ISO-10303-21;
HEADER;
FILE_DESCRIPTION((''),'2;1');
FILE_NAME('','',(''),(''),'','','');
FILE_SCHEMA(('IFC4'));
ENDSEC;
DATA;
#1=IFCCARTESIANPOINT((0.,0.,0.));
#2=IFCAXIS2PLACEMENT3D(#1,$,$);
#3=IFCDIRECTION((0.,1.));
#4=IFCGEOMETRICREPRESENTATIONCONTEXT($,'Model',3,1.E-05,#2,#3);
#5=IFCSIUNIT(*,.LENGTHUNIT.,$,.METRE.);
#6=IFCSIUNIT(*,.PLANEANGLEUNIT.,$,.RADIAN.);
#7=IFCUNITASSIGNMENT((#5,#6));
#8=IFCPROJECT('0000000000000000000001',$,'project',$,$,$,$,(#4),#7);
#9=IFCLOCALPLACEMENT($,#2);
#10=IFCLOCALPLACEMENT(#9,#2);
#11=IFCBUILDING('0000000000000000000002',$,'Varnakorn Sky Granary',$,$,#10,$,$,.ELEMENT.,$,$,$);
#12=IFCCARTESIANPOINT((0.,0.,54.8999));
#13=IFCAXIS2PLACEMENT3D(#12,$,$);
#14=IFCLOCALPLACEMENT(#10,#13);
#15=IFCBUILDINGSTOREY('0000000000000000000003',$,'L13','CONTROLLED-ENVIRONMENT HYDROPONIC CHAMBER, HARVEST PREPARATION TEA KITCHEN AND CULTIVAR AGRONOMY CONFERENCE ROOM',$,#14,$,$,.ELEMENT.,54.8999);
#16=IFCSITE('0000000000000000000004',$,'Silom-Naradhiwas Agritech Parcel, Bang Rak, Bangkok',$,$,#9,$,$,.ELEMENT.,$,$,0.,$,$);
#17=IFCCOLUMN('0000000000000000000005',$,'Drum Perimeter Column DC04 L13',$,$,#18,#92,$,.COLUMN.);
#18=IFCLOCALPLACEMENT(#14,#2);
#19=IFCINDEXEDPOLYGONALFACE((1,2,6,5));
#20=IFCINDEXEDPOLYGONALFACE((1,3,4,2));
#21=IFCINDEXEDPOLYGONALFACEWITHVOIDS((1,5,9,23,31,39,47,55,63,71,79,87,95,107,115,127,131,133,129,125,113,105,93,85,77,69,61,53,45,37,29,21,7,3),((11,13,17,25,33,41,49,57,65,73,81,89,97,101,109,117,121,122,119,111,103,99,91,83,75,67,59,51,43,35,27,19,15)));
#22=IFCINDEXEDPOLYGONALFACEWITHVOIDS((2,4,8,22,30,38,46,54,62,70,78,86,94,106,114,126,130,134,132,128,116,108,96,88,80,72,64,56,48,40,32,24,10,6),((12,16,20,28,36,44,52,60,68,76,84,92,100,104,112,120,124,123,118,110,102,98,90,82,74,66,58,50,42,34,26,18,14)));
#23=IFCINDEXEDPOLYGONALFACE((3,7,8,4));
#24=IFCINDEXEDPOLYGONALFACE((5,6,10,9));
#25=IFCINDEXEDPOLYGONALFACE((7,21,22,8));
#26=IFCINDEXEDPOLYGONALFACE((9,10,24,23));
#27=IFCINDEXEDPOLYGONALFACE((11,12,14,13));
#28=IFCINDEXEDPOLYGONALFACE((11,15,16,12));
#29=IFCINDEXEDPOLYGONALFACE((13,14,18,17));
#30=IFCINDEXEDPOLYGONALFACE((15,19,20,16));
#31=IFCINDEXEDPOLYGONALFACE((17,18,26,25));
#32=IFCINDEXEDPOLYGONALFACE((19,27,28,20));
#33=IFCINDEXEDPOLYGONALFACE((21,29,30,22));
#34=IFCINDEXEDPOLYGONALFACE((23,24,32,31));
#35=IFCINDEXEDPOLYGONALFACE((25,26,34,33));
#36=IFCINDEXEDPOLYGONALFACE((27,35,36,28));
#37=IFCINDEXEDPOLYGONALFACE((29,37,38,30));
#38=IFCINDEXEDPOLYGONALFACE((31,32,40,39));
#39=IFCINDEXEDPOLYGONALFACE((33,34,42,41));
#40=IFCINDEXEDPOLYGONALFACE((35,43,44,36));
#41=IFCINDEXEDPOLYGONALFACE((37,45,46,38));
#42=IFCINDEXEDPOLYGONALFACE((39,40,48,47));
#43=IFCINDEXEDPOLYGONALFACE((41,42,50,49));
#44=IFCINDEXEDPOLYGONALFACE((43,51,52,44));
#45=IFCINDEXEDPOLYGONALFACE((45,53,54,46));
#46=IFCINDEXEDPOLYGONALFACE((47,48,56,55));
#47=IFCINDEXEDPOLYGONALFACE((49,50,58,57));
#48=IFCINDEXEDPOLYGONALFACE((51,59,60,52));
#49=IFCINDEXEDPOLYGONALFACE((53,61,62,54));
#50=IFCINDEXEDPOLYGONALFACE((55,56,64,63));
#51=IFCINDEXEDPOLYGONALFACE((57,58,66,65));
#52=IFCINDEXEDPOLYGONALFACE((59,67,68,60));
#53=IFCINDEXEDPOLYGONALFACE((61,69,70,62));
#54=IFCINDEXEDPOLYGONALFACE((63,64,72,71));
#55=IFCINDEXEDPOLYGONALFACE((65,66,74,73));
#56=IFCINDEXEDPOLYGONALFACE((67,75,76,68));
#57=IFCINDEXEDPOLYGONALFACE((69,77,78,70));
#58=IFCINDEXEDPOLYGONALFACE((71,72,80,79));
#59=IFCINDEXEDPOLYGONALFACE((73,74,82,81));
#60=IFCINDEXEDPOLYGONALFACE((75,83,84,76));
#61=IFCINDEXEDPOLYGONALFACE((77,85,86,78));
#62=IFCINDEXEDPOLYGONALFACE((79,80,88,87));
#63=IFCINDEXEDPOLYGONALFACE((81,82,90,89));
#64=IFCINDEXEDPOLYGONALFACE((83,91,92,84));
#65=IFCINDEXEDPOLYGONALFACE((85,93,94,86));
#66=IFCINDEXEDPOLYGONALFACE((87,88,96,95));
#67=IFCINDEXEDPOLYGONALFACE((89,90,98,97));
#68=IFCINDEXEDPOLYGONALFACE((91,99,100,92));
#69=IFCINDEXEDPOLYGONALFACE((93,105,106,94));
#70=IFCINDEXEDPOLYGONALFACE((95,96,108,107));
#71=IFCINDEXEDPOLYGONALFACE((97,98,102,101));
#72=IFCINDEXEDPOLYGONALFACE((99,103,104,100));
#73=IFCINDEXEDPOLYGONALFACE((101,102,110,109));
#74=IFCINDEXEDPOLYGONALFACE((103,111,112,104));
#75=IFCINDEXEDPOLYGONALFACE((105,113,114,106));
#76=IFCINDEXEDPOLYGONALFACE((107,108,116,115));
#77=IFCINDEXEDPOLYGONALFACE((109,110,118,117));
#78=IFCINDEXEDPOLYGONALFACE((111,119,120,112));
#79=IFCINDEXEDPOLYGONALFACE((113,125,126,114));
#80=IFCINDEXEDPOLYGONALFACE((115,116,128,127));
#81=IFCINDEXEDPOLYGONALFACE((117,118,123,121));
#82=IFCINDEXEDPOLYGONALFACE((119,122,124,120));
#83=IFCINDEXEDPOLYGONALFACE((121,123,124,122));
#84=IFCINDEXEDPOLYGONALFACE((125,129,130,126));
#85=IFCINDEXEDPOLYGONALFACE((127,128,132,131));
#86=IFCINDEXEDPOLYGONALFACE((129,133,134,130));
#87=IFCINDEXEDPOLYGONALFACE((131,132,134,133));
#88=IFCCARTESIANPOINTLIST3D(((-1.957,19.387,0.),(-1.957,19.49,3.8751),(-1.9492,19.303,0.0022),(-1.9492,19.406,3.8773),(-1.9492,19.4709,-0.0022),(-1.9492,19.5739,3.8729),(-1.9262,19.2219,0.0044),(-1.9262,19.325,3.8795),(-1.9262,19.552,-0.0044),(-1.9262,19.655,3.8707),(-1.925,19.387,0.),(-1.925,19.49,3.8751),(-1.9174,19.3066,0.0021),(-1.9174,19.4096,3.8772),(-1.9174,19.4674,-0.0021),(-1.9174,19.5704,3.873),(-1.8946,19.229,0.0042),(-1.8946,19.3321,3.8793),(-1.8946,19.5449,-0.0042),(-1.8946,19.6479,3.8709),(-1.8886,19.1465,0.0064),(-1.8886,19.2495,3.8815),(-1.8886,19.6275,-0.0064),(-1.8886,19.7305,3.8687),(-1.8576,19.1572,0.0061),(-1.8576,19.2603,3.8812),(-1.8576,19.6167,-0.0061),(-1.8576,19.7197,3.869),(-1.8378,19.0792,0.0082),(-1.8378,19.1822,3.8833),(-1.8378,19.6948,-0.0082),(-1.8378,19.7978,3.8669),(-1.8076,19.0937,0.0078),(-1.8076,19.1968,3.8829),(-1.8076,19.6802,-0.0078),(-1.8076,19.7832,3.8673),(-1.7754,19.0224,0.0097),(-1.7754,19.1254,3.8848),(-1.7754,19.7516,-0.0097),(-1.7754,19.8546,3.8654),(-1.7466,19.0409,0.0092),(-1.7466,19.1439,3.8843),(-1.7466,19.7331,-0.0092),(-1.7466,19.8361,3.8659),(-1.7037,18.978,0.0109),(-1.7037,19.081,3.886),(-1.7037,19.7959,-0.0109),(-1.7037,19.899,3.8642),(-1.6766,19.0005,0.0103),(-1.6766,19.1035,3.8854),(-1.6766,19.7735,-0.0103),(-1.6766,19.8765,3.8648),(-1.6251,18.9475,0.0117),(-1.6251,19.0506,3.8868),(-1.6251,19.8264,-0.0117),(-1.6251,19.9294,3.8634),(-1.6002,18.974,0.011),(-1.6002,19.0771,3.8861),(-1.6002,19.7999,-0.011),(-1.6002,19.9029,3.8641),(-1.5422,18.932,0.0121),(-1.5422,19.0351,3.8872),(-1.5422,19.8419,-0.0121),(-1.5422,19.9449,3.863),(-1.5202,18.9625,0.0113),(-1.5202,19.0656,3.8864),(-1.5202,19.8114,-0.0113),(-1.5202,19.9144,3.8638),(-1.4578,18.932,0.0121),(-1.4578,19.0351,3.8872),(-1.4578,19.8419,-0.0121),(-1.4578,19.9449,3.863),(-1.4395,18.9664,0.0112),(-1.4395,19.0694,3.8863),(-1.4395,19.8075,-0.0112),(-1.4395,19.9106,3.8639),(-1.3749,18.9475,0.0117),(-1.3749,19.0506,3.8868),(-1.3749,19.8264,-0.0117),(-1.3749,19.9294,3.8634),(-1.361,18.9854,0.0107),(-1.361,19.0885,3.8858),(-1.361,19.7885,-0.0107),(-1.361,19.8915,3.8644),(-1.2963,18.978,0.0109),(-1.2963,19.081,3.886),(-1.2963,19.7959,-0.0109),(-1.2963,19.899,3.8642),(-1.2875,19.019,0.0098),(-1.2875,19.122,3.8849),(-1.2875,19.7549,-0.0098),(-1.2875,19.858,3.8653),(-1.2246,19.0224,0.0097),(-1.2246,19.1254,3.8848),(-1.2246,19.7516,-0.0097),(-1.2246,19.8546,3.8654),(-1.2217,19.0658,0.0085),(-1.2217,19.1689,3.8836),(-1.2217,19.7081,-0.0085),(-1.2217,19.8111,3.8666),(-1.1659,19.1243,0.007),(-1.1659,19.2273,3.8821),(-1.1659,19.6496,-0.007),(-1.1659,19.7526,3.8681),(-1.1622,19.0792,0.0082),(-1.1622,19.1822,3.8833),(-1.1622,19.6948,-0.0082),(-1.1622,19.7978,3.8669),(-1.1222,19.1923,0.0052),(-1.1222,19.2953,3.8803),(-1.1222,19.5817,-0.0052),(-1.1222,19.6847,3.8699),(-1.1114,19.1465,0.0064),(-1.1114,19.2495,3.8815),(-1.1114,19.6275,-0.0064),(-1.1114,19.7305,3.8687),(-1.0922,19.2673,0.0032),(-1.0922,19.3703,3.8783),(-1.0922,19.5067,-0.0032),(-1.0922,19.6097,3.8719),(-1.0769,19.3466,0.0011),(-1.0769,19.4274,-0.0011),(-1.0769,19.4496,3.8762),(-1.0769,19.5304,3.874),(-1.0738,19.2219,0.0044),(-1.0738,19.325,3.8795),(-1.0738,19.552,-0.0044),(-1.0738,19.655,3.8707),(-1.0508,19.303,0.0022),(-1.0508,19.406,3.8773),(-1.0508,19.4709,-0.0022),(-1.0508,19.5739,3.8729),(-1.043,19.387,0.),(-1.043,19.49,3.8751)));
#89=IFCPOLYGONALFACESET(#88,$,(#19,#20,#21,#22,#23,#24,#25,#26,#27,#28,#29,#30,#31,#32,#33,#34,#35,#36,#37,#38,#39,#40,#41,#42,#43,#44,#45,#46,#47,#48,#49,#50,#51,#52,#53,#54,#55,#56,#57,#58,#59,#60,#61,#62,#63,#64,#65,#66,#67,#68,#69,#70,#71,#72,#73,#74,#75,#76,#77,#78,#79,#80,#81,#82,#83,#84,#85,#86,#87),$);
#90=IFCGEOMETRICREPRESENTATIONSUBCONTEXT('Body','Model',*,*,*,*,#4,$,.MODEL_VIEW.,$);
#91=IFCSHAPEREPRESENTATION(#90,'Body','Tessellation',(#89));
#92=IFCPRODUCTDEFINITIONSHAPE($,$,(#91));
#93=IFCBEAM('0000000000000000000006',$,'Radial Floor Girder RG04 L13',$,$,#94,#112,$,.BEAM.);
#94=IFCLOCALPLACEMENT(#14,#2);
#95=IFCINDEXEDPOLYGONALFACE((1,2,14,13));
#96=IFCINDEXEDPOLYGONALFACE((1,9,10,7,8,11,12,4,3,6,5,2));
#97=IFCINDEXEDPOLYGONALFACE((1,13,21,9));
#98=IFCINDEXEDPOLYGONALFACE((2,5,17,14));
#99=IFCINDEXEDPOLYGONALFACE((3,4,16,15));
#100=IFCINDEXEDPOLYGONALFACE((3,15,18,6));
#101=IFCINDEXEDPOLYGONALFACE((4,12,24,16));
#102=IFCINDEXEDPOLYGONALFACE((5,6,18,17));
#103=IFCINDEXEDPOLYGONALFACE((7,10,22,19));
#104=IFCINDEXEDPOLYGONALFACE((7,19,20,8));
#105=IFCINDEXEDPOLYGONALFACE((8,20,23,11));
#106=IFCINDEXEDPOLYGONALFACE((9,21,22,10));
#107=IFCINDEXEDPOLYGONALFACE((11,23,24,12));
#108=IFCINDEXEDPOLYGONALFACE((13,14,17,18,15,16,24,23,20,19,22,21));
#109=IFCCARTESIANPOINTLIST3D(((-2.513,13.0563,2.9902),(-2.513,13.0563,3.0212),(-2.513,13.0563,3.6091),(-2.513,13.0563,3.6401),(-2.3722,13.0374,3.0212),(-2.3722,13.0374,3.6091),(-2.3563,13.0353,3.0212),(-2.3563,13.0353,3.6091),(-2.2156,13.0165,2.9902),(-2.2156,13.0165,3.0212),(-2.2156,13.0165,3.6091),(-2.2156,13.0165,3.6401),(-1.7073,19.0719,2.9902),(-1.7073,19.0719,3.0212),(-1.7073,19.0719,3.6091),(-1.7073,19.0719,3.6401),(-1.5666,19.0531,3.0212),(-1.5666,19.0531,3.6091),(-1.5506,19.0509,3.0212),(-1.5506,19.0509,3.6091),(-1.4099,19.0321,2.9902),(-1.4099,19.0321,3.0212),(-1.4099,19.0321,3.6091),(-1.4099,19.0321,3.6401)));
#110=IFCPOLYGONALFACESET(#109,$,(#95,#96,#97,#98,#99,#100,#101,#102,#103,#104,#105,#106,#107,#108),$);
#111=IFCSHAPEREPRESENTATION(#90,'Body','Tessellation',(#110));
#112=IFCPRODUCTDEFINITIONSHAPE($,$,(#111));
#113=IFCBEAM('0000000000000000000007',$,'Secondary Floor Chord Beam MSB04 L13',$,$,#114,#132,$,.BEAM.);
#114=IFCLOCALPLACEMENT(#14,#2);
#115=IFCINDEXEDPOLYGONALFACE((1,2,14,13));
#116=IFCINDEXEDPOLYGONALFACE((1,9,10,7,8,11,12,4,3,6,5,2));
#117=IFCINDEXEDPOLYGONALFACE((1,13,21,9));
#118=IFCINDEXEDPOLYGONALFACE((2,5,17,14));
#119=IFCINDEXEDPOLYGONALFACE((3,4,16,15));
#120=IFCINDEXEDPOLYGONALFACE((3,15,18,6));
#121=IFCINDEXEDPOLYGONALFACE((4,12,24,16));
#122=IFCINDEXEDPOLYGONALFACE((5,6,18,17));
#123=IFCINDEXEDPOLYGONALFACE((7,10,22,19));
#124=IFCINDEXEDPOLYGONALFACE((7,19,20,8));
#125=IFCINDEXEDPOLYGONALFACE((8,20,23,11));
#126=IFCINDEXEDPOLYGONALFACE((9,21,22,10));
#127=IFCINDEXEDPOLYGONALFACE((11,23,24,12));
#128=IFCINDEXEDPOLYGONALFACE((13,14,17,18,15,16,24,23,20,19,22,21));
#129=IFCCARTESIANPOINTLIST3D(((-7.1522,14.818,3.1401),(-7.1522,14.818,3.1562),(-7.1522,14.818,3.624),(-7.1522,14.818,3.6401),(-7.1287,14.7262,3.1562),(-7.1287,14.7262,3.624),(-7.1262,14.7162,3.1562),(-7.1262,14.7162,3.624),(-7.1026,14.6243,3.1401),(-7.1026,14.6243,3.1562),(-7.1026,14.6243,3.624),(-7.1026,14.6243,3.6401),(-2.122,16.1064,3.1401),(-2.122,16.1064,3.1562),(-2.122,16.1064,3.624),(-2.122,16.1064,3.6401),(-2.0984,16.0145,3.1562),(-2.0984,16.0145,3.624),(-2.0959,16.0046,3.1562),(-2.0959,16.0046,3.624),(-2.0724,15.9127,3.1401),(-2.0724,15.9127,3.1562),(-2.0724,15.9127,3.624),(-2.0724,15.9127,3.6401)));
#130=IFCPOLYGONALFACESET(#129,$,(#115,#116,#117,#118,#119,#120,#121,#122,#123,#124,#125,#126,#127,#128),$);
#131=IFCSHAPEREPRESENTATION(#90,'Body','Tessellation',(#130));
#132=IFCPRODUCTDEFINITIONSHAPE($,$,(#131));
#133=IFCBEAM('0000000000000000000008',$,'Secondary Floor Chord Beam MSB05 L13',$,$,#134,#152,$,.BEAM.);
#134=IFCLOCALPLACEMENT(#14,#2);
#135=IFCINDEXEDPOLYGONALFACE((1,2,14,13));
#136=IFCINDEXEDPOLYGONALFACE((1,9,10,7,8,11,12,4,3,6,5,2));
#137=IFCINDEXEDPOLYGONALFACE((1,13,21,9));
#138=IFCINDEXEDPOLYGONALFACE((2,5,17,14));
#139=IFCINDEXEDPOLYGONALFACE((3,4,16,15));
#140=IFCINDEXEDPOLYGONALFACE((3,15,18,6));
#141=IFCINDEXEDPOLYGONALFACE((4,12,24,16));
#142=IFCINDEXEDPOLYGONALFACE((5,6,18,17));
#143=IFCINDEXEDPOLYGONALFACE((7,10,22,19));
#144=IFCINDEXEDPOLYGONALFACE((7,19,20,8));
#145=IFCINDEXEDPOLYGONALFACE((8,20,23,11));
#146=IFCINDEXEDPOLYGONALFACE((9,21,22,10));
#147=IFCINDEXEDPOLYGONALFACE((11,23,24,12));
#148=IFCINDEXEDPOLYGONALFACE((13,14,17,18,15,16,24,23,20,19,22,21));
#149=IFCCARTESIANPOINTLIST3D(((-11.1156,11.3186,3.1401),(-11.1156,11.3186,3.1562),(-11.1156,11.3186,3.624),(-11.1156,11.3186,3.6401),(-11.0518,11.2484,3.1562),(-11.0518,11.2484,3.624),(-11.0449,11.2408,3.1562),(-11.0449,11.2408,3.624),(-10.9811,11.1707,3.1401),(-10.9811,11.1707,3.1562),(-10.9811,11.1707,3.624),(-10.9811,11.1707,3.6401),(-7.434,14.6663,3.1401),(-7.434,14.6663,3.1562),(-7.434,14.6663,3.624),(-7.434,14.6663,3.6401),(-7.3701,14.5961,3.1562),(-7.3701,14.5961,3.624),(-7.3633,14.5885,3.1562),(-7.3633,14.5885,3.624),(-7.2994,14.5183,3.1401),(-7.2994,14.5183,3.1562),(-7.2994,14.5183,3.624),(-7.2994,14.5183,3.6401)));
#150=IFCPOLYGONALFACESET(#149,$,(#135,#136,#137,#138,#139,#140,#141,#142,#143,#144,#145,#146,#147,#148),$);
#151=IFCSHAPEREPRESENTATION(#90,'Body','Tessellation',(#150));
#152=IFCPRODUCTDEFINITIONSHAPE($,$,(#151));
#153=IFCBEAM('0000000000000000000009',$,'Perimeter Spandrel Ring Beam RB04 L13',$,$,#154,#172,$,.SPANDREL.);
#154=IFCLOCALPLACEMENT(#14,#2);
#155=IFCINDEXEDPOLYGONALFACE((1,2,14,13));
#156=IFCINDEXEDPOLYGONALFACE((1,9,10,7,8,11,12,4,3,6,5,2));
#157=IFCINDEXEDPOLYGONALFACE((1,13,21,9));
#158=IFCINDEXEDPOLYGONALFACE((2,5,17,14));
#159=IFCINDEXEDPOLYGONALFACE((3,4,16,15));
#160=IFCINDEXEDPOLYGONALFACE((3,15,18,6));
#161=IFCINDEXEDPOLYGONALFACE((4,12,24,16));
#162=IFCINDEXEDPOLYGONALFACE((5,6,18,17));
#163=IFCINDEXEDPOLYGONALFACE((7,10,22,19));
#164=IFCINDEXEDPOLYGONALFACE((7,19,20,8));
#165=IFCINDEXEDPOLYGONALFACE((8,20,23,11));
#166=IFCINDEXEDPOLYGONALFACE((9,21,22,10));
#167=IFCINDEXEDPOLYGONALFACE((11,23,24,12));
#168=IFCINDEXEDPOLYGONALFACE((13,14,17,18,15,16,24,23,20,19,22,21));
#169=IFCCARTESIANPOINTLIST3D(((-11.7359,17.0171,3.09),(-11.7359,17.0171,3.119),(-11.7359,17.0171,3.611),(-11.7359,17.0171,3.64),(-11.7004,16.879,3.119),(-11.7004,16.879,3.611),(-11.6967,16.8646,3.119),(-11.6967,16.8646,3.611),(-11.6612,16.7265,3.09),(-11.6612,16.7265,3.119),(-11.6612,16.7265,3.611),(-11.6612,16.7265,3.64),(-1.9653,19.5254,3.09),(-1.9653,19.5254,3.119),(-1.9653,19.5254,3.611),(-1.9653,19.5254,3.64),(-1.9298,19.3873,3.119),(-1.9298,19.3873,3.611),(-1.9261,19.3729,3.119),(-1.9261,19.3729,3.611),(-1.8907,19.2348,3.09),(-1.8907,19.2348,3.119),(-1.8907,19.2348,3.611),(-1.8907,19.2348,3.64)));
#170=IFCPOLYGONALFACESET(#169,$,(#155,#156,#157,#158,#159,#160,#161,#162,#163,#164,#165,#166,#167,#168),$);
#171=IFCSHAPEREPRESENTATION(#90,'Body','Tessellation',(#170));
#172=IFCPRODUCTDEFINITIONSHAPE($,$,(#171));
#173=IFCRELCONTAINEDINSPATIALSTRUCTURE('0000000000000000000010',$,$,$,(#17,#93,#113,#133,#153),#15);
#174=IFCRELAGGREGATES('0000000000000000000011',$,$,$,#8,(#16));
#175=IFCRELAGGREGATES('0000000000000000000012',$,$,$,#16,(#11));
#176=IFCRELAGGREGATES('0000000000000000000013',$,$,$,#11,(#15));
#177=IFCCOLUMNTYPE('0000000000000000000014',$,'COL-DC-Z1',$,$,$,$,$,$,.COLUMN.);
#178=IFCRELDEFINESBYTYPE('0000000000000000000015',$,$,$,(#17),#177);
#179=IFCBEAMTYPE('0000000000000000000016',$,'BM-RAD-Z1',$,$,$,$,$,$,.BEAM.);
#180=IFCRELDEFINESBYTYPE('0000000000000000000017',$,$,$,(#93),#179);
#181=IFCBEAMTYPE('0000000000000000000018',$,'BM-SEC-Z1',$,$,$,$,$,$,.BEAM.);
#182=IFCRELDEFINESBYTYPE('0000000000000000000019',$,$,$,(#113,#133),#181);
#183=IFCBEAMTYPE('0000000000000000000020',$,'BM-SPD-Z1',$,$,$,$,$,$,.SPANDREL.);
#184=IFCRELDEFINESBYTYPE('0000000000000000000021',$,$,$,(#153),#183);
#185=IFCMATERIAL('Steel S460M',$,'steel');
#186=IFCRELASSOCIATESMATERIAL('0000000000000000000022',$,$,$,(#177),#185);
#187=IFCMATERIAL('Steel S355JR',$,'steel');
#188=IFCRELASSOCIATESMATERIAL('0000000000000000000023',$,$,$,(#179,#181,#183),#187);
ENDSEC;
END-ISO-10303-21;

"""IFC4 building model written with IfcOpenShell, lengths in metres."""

from ifc_helpers import new_model, si_unit, direction, frame, origin, origin_2d, place, context, subcontext, project, spatial, hollow_circle, i_section, extrude, material, material_profile, profile_set, type_object, element, save


model = new_model("IFC4")

# Units and contexts
model_context = context("Model", 3, precision=1e-05, world=origin(), true_north=direction((0.0, 1.0)))
body_context = subcontext(model_context, "Body", "Model", "MODEL_VIEW")
ifc_project = project(units=[si_unit("LENGTHUNIT", "METRE"), si_unit("PLANEANGLEUNIT", "RADIAN")], contexts=[model_context])

# Site, building, storey
site_placement = place(None, origin())
site = spatial("IfcSite", under=ifc_project, at=site_placement, Name="Silom-Naradhiwas Agritech Parcel, Bang Rak, Bangkok", CompositionType="ELEMENT", RefElevation=0.0)
building_placement = place(site_placement, origin())
building = spatial("IfcBuilding", under=site, at=building_placement, Name="Varnakorn Sky Granary", CompositionType="ELEMENT")
storey_placement = place(building_placement, frame((0.0, 0.0, 54.8999)))
storey = spatial("IfcBuildingStorey", under=building, at=storey_placement, Name="L13", Description="CONTROLLED-ENVIRONMENT HYDROPONIC CHAMBER, HARVEST PREPARATION TEA KITCHEN AND CULTIVAR AGRONOMY CONFERENCE ROOM", CompositionType="ELEMENT", Elevation=54.8999)

# Column
ifc_material_1 = material(Name="Steel S460M", Category="steel")
ifc_material_profile_1 = material_profile(ifc_material_1, hollow_circle(Radius=0.457, WallThickness=0.032, at=origin_2d()), Name="CHS 914x32")
ifc_profile_set_1 = profile_set([ifc_material_profile_1], Name="Steel S460M")
column_type = type_object("IfcColumnType", Name="COL-DC-Z1", PredefinedType="COLUMN", material=ifc_profile_set_1)
column_placement = place(storey_placement, frame((-1.5, 19.387, 0.0), z_axis=(0.0, 0.026578, 0.999647), x_axis=(-1.0, 0.0, 0.0)))
element("IfcColumn", 1, at=column_placement, inside=storey, type_object=column_type, Name="Drum Perimeter Column DC04 L13", PredefinedType="COLUMN", context=body_context, shape_type="SweptSolid", body=[
    extrude(hollow_circle(Radius=0.457, WallThickness=0.032, at=origin_2d()), origin(), (0.0, 0.0, 1.0), 3.8765),
])

# Beams
ifc_material_2 = material(Name="Steel S355JR", Category="steel")
ifc_material_profile_2 = material_profile(ifc_material_2, i_section(OverallWidth=0.3, OverallDepth=0.6499, WebThickness=0.0161, FlangeThickness=0.031, at=origin_2d()), Name="HE 650 B")
ifc_profile_set_2 = profile_set([ifc_material_profile_2], Name="Steel S355JR")
beam_type_1 = type_object("IfcBeamType", Name="BM-RAD-Z1", PredefinedType="BEAM", material=ifc_profile_set_2)
beam_1_placement = place(storey_placement, frame((-2.3643, 13.0364, 3.3152), z_axis=(0.132743, 0.99115, 0.0), x_axis=(-0.99115, 0.132743, 0.0)))
element("IfcBeam", 2, at=beam_1_placement, inside=storey, type_object=beam_type_1, Name="Radial Floor Girder RG04 L13", PredefinedType="BEAM", context=body_context, shape_type="SweptSolid", body=[
    extrude(i_section(OverallWidth=0.3, OverallDepth=0.6499, WebThickness=0.0161, FlangeThickness=0.031, at=origin_2d()), origin(), (0.0, 0.0, 1.0), 6.0693),
])
ifc_material_profile_3 = material_profile(ifc_material_2, i_section(OverallWidth=0.2, OverallDepth=0.5, WebThickness=0.0103, FlangeThickness=0.0161, at=origin_2d()), Name="IPE 500")
ifc_profile_set_3 = profile_set([ifc_material_profile_3], Name="Steel S355JR")
beam_type_2 = type_object("IfcBeamType", Name="BM-SEC-Z1", PredefinedType="BEAM", material=ifc_profile_set_3)
beam_2_placement = place(storey_placement, frame((-2.0972, 16.0095, 3.3901), z_axis=(-0.968733, -0.248107, 0.0), x_axis=(0.248107, -0.968733, 0.0)))
element("IfcBeam", 3, at=beam_2_placement, inside=storey, type_object=beam_type_2, Name="Secondary Floor Chord Beam MSB04 L13", PredefinedType="BEAM", context=body_context, shape_type="SweptSolid", body=[
    extrude(i_section(OverallWidth=0.2, OverallDepth=0.5, WebThickness=0.0103, FlangeThickness=0.0161, at=origin_2d()), origin(), (0.0, 0.0, 1.0), 5.1926),
])
beam_3_placement = place(storey_placement, frame((-7.3667, 14.5923, 3.3901), z_axis=(-0.739869, -0.672751, 0.0), x_axis=(0.672751, -0.739869, 0.0)))
element("IfcBeam", 4, at=beam_3_placement, inside=storey, type_object=beam_type_2, Name="Secondary Floor Chord Beam MSB05 L13", PredefinedType="BEAM", context=body_context, shape_type="SweptSolid", body=[
    extrude(i_section(OverallWidth=0.2, OverallDepth=0.5, WebThickness=0.0103, FlangeThickness=0.0161, at=origin_2d()), origin(), (0.0, 0.0, 1.0), 4.9761),
])
ifc_material_profile_4 = material_profile(ifc_material_2, i_section(OverallWidth=0.3, OverallDepth=0.55, WebThickness=0.0149, FlangeThickness=0.0291, at=origin_2d()), Name="HE 550 B")
ifc_profile_set_4 = profile_set([ifc_material_profile_4], Name="Steel S355JR")
beam_type_3 = type_object("IfcBeamType", Name="BM-SPD-Z1", PredefinedType="SPANDREL", material=ifc_profile_set_4)
beam_4_placement = place(storey_placement, frame((-1.928, 19.3801, 3.365), z_axis=(-0.968591, -0.248658, 0.0), x_axis=(0.248658, -0.968591, 0.0)))
element("IfcBeam", 5, at=beam_4_placement, inside=storey, type_object=beam_type_3, Name="Perimeter Spandrel Ring Beam RB04 L13", PredefinedType="SPANDREL", context=body_context, shape_type="SweptSolid", body=[
    extrude(i_section(OverallWidth=0.3, OverallDepth=0.55, WebThickness=0.0149, FlangeThickness=0.0291, at=origin_2d()), origin(), (0.0, 0.0, 1.0), 10.0874),
])

save(model, "model.ifc")
